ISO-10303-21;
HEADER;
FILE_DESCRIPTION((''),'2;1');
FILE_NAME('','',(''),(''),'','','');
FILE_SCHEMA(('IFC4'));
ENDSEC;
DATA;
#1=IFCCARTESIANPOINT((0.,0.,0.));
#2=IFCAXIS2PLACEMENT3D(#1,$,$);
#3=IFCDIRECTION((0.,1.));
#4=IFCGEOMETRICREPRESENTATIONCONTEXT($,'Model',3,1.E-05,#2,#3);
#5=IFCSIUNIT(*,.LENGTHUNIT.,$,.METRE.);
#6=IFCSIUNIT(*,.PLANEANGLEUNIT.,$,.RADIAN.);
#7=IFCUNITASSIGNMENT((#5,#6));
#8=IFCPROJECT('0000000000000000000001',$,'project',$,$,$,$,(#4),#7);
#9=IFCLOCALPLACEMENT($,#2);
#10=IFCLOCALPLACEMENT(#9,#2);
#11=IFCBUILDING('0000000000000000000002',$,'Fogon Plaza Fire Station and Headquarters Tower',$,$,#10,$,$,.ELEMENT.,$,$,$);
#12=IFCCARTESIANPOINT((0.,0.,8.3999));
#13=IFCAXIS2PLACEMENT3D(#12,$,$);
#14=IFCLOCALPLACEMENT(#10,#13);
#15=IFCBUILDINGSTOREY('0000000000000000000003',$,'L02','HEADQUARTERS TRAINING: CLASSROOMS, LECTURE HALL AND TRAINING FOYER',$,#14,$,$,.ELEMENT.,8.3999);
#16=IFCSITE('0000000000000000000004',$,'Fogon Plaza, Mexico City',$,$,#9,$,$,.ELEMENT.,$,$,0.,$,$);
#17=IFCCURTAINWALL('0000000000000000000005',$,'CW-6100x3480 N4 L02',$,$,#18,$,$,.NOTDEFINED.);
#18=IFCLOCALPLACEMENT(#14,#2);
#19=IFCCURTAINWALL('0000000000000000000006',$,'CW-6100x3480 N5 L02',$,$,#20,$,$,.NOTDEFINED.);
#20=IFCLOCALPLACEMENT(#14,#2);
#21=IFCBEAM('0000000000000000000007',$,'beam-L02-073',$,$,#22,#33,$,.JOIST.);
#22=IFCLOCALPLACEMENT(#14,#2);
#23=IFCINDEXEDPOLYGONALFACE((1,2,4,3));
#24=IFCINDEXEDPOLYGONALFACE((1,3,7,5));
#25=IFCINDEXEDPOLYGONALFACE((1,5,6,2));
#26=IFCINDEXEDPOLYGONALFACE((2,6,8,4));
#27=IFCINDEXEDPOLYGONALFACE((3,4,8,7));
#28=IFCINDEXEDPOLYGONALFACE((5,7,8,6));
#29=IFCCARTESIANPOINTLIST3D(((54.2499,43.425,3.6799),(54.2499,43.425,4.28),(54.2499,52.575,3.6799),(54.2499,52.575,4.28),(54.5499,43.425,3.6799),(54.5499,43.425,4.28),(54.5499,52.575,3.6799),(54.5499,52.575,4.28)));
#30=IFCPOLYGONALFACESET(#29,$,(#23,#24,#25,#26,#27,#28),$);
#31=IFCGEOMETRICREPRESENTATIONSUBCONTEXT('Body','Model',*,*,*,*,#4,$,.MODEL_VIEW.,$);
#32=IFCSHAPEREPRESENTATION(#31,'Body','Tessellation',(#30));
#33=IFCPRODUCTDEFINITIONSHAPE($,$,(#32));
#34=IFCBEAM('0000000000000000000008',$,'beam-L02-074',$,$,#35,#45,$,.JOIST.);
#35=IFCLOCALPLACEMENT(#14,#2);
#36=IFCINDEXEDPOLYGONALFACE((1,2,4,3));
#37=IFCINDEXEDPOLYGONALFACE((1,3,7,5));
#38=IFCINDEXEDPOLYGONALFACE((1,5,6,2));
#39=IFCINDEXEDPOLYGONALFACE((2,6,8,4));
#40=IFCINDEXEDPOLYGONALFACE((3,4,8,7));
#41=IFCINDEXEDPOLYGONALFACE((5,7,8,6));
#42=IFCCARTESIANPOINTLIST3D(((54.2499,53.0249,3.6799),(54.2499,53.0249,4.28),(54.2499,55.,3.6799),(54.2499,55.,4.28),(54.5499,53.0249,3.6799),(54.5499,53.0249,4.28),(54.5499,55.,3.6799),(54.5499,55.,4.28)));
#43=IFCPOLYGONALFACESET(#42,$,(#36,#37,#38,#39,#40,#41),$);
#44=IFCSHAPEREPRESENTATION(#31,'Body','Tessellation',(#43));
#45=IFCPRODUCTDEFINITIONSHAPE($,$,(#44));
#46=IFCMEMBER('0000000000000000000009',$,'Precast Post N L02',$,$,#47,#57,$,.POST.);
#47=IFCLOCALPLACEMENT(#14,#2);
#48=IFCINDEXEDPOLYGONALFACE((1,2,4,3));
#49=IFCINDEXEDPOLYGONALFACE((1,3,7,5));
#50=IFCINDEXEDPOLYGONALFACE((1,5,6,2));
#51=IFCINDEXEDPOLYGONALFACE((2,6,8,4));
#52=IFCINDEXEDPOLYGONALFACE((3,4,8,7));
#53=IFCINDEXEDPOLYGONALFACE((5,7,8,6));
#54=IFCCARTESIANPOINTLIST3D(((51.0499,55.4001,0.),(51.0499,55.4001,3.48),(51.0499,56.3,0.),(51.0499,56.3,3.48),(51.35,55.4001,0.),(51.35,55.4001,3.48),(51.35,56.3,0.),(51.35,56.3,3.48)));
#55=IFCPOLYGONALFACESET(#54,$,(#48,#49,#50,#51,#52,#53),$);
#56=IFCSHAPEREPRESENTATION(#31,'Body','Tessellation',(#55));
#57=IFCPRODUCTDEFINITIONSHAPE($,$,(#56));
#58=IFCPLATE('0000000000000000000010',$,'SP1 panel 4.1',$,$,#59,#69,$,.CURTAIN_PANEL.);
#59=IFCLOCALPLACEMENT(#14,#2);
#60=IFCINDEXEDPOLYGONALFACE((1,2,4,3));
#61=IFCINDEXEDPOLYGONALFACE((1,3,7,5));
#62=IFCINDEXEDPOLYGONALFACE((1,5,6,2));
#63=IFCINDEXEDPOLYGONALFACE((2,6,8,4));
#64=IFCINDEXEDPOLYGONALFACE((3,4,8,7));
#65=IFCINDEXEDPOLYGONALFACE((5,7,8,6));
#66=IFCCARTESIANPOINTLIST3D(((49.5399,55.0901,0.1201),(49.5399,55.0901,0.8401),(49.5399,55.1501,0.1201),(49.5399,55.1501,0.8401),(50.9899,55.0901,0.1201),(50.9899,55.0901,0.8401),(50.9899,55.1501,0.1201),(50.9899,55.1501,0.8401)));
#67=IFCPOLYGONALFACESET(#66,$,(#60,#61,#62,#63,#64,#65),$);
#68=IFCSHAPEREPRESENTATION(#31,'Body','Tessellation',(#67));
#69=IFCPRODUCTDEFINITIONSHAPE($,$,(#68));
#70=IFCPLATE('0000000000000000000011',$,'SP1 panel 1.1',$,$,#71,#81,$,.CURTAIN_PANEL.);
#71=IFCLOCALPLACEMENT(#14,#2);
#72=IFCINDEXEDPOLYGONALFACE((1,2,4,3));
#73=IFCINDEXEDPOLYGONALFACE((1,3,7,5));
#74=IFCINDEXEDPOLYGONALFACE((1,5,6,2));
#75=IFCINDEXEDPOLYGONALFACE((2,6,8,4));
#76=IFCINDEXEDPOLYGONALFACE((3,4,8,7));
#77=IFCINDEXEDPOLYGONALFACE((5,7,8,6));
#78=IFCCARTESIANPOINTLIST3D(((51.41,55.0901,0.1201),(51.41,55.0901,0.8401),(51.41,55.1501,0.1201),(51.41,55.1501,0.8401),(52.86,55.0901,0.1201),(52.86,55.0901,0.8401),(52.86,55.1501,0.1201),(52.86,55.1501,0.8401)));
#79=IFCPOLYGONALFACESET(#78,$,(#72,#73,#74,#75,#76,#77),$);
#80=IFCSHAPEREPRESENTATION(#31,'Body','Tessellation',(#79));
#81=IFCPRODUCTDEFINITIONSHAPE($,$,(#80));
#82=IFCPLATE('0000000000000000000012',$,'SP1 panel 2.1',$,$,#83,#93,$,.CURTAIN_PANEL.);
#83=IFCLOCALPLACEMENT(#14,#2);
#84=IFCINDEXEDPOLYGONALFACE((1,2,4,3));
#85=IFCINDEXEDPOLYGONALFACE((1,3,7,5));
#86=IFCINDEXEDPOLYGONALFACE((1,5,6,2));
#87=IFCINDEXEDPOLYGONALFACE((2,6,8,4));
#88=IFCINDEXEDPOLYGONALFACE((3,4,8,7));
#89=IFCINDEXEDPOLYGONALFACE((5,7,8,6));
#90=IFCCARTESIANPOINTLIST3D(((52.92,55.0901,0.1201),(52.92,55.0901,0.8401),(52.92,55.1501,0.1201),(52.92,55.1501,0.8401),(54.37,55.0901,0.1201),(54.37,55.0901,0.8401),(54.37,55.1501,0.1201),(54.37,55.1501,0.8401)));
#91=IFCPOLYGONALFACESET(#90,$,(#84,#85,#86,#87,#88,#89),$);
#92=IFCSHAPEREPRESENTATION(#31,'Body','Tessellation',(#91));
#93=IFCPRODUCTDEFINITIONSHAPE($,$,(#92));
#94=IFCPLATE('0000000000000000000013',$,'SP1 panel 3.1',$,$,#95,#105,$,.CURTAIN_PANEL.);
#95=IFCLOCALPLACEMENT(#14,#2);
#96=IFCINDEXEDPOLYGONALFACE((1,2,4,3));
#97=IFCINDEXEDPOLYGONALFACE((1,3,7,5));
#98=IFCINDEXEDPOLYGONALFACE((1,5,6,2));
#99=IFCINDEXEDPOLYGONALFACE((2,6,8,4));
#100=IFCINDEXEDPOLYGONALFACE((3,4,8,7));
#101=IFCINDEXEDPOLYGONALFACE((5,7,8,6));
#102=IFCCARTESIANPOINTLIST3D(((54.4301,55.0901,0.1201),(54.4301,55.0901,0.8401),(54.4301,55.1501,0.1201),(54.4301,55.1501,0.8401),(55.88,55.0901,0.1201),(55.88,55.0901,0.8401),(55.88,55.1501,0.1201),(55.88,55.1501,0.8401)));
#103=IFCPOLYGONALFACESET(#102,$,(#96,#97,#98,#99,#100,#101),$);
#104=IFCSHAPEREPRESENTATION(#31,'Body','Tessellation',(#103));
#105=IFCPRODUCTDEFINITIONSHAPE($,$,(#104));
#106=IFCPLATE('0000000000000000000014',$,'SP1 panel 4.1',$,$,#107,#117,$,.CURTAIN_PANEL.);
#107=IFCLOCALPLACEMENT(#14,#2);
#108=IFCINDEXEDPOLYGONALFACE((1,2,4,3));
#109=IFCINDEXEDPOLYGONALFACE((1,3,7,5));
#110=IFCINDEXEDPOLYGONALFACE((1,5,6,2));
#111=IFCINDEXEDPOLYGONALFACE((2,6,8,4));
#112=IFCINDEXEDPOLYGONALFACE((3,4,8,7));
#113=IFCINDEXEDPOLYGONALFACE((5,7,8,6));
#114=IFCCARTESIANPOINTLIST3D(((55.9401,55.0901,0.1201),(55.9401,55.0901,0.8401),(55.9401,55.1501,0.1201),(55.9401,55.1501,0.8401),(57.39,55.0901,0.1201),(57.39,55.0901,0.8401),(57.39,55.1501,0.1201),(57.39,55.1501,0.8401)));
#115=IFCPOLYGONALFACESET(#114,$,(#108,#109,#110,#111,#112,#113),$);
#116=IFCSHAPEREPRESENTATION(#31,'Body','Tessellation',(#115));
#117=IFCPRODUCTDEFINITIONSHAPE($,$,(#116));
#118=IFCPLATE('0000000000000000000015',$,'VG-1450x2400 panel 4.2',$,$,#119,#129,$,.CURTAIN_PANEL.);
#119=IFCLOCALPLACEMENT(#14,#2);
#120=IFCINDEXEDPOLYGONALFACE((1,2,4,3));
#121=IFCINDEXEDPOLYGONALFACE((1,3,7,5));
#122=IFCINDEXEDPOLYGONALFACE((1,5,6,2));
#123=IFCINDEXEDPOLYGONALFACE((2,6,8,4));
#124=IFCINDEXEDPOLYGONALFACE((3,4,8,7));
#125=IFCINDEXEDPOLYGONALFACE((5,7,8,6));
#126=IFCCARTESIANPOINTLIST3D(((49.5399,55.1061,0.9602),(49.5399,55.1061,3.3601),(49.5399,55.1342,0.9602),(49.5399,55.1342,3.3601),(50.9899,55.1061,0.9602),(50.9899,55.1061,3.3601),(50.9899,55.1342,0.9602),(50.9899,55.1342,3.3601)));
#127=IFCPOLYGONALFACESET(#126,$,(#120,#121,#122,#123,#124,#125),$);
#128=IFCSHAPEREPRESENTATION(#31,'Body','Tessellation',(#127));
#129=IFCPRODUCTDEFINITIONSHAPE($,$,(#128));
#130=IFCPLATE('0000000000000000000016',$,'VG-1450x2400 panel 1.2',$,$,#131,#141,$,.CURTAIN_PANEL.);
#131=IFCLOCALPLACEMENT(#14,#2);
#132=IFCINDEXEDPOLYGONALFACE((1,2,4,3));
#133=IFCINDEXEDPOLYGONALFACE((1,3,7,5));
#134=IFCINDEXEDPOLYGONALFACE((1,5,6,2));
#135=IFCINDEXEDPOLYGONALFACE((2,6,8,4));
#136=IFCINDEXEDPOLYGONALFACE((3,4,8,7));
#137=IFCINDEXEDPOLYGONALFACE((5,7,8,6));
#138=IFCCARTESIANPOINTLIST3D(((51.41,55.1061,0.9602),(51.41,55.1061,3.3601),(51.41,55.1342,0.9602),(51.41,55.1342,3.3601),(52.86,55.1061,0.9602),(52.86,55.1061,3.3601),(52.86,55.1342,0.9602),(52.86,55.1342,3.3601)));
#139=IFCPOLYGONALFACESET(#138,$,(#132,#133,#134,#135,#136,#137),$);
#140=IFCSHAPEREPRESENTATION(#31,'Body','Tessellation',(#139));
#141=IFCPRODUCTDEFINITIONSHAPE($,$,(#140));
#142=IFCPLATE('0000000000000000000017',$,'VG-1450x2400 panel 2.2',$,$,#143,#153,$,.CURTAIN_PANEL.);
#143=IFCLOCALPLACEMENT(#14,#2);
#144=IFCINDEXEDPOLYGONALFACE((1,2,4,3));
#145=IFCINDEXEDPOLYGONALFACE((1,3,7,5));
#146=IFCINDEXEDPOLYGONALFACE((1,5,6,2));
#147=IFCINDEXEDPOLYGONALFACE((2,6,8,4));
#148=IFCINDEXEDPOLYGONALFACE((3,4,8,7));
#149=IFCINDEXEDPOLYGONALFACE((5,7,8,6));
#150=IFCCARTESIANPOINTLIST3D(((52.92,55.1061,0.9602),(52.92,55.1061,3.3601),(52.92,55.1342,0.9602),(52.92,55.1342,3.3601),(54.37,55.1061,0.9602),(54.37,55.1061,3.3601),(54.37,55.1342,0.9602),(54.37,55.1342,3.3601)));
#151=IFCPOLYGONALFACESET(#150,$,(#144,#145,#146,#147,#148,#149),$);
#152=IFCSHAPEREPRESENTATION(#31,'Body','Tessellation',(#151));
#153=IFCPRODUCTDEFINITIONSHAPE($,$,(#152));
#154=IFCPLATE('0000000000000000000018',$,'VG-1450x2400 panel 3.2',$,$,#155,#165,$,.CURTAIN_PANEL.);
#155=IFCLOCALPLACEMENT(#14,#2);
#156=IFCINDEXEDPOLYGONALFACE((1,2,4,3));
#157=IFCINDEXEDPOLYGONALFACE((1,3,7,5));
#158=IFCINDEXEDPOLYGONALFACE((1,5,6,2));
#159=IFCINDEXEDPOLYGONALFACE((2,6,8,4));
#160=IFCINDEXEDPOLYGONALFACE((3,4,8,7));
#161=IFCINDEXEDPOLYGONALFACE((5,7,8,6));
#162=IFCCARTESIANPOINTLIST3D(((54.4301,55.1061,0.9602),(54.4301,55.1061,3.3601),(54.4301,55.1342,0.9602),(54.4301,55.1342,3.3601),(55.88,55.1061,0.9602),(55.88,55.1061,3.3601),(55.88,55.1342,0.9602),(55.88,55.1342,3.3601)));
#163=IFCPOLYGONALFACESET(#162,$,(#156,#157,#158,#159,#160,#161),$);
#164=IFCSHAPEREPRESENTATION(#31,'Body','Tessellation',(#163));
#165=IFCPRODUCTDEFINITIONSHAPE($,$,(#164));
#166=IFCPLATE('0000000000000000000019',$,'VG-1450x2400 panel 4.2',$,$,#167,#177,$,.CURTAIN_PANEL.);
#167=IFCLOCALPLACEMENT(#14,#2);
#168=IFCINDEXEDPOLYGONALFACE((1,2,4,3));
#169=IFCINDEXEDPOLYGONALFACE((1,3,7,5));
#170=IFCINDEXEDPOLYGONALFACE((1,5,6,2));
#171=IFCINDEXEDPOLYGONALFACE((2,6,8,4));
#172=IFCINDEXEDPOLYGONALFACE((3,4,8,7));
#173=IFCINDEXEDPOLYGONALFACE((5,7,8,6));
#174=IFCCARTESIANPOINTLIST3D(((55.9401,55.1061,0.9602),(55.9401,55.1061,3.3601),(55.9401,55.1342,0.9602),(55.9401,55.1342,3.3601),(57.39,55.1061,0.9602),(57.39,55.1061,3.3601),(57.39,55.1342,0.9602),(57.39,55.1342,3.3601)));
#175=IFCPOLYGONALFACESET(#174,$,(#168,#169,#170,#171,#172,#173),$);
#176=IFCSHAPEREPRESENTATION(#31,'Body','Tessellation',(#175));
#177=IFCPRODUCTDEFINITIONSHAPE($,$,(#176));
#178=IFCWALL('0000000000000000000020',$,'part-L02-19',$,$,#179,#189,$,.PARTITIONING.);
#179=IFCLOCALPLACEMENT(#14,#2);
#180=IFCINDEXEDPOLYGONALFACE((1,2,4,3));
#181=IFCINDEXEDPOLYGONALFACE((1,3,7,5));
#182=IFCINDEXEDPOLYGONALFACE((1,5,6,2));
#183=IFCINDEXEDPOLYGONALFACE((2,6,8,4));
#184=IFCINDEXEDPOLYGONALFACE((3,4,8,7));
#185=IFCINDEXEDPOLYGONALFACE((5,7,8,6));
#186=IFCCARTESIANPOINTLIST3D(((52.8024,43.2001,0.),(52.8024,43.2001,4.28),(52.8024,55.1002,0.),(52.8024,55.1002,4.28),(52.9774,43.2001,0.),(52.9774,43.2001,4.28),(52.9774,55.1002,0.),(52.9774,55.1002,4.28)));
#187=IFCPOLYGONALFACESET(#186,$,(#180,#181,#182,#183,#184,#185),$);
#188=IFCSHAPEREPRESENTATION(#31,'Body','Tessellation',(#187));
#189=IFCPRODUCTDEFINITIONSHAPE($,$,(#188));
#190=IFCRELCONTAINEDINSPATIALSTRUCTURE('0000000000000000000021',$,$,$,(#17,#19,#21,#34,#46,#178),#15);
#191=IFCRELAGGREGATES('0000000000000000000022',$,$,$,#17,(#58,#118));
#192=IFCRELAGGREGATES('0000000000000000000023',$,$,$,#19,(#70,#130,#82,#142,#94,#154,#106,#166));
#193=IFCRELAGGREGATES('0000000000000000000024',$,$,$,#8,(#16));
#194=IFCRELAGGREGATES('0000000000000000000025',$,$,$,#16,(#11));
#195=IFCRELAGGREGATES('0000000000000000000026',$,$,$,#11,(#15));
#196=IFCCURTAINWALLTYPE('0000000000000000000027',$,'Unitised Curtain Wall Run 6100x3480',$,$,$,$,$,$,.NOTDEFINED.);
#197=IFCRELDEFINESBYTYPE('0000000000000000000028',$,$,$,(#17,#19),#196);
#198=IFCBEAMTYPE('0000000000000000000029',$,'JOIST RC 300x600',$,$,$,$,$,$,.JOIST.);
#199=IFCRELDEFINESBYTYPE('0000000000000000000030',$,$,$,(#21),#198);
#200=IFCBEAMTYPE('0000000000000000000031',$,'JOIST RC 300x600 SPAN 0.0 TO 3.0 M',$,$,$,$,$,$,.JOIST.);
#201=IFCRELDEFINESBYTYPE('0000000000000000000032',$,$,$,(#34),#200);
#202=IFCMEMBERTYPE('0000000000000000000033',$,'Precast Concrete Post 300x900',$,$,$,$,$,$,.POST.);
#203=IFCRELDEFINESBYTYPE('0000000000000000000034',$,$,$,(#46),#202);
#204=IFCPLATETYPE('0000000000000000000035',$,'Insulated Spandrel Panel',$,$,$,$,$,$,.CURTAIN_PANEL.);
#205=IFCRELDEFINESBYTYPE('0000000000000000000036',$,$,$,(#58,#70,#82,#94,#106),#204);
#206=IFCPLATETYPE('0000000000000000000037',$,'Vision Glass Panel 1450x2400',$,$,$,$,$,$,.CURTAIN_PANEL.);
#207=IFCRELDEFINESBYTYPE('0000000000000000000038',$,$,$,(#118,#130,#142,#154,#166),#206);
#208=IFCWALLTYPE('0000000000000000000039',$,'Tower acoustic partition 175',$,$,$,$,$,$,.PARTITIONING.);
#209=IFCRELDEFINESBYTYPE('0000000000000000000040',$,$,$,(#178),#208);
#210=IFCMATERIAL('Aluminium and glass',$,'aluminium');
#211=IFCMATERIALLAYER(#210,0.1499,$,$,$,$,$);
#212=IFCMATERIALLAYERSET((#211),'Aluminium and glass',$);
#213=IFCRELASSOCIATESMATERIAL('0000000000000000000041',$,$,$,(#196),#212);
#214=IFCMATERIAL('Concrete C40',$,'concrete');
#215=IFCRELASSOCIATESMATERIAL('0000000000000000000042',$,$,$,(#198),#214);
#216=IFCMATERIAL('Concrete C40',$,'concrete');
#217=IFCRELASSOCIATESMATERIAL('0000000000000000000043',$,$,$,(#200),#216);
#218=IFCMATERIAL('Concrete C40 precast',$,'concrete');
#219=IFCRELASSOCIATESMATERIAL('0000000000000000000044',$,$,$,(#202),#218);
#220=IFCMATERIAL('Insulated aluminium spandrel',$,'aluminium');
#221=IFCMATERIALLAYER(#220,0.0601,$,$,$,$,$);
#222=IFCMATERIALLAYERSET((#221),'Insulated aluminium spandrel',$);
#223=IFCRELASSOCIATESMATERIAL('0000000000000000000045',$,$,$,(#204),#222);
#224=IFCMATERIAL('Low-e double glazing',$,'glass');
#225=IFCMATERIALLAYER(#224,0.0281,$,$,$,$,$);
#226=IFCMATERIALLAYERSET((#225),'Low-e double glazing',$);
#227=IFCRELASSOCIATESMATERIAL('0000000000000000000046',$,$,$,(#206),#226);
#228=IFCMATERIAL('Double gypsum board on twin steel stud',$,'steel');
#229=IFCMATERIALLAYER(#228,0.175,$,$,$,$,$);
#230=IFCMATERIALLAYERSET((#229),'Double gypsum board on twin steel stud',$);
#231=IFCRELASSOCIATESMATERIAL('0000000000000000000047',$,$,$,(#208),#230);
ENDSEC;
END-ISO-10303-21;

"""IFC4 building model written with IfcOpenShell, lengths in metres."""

from ifc_helpers import new_model, si_unit, direction, frame, frame_2d, origin, origin_2d, place, context, subcontext, project, spatial, rectangle, extrude, material, layer, layer_set, material_profile, profile_set, type_object, element, aggregate, save


model = new_model("IFC4")

# Units and contexts
model_context = context("Model", 3, precision=1e-05, world=origin(), true_north=direction((0.0, 1.0)))
body_context = subcontext(model_context, "Body", "Model", "MODEL_VIEW")
ifc_project = project(units=[si_unit("LENGTHUNIT", "METRE"), si_unit("PLANEANGLEUNIT", "RADIAN")], contexts=[model_context])

# Site, building, storey
site_placement = place(None, origin())
site = spatial("IfcSite", under=ifc_project, at=site_placement, Name="Fogon Plaza, Mexico City", CompositionType="ELEMENT", RefElevation=0.0)
building_placement = place(site_placement, origin())
building = spatial("IfcBuilding", under=site, at=building_placement, Name="Fogon Plaza Fire Station and Headquarters Tower", CompositionType="ELEMENT")
storey_placement = place(building_placement, frame((0.0, 0.0, 8.3999)))
storey = spatial("IfcBuildingStorey", under=building, at=storey_placement, Name="L02", Description="HEADQUARTERS TRAINING: CLASSROOMS, LECTURE HALL AND TRAINING FOYER", CompositionType="ELEMENT", Elevation=8.3999)

# Curtain wall
ifc_material_1 = material(Name="Aluminium and glass", Category="aluminium")
ifc_layer_1 = layer(ifc_material_1, 0.1499)
ifc_layer_set_1 = layer_set([ifc_layer_1], Name="Aluminium and glass")
curtain_wall_type = type_object("IfcCurtainWallType", Name="Unitised Curtain Wall Run 6100x3480", PredefinedType="NOTDEFINED", material=ifc_layer_set_1)
curtain_wall_1_placement = place(storey_placement, origin())
curtain_wall_1 = element("IfcCurtainWall", 1, at=curtain_wall_1_placement, inside=storey, type_object=curtain_wall_type, Name="CW-6100x3480 N4 L02", PredefinedType="NOTDEFINED")

# Curtain wall
curtain_wall_2_placement = place(storey_placement, origin())
curtain_wall_2 = element("IfcCurtainWall", 2, at=curtain_wall_2_placement, inside=storey, type_object=curtain_wall_type, Name="CW-6100x3480 N5 L02", PredefinedType="NOTDEFINED")

# Beams
ifc_material_2 = material(Name="Concrete C40", Category="concrete")
ifc_material_profile_1 = material_profile(ifc_material_2, rectangle(XDim=0.3, YDim=0.6001, at=origin_2d()), Name="RC 300x600")
ifc_profile_set_1 = profile_set([ifc_material_profile_1], Name="Concrete C40")
beam_type_1 = type_object("IfcBeamType", Name="JOIST RC 300x600", PredefinedType="JOIST", material=ifc_profile_set_1)
beam_1_placement = place(storey_placement, frame((54.3999, 43.425, 3.98), z_axis=(0.0, 1.0, 0.0), x_axis=(-1.0, 0.0, 0.0)))
element("IfcBeam", 3, at=beam_1_placement, inside=storey, type_object=beam_type_1, Name="beam-L02-073", PredefinedType="JOIST", context=body_context, shape_type="SweptSolid", body=[
    extrude(rectangle(XDim=0.3, YDim=0.6001, at=origin_2d()), origin(), (0.0, 0.0, 1.0), 9.1499),
])
ifc_material_3 = material(Name="Concrete C40", Category="concrete")
ifc_material_profile_2 = material_profile(ifc_material_3, rectangle(XDim=0.3, YDim=0.6001, at=origin_2d()), Name="RC 300x600")
ifc_profile_set_2 = profile_set([ifc_material_profile_2], Name="Concrete C40")
beam_type_2 = type_object("IfcBeamType", Name="JOIST RC 300x600 SPAN 0.0 TO 3.0 M", PredefinedType="JOIST", material=ifc_profile_set_2)
beam_2_placement = place(storey_placement, frame((54.3999, 53.0249, 3.98), z_axis=(0.0, 1.0, 0.0), x_axis=(-1.0, 0.0, 0.0)))
element("IfcBeam", 4, at=beam_2_placement, inside=storey, type_object=beam_type_2, Name="beam-L02-074", PredefinedType="JOIST", context=body_context, shape_type="SweptSolid", body=[
    extrude(rectangle(XDim=0.3, YDim=0.6001, at=origin_2d()), origin(), (0.0, 0.0, 1.0), 1.9751),
])

# Member
ifc_material_4 = material(Name="Concrete C40 precast", Category="concrete")
ifc_material_profile_3 = material_profile(ifc_material_4, rectangle(XDim=0.3, YDim=0.8999, at=origin_2d()), Name="Precast Concrete Post 300x900")
ifc_profile_set_3 = profile_set([ifc_material_profile_3], Name="Concrete C40 precast")
member_type_1 = type_object("IfcMemberType", Name="Precast Concrete Post 300x900", PredefinedType="POST", material=ifc_profile_set_3)
member_1_placement = place(storey_placement, frame((51.2, 55.8501, 0.0), z_axis=(0.0, 0.0, 1.0), x_axis=(1.0, 0.0, 0.0)))
element("IfcMember", 5, at=member_1_placement, inside=storey, type_object=member_type_1, Name="Precast Post N L02", PredefinedType="POST", context=body_context, shape_type="SweptSolid", body=[
    extrude(rectangle(XDim=0.3, YDim=0.8999, at=origin_2d()), origin(), (0.0, 0.0, 1.0), 3.48),
])

# Plates
ifc_material_5 = material(Name="Insulated aluminium spandrel", Category="aluminium")
ifc_layer_2 = layer(ifc_material_5, 0.0601)
ifc_layer_set_2 = layer_set([ifc_layer_2], Name="Insulated aluminium spandrel")
plate_type_1 = type_object("IfcPlateType", Name="Insulated Spandrel Panel", PredefinedType="CURTAIN_PANEL", material=ifc_layer_set_2)
plate_1_placement = place(storey_placement, frame((50.2649, 55.1201, 0.1201), z_axis=(0.0, 0.0, 1.0), x_axis=(1.0, 0.0, 0.0)))
plate_1 = element("IfcPlate", 6, at=plate_1_placement, type_object=plate_type_1, Name="SP1 panel 4.1", PredefinedType="CURTAIN_PANEL", context=body_context, shape_type="SweptSolid", body=[
    extrude(rectangle(XDim=1.45, YDim=0.0601, at=origin_2d()), origin(), (0.0, 0.0, 1.0), 0.72),
])
plate_2_placement = place(storey_placement, frame((52.135, 55.1201, 0.1201), z_axis=(0.0, 0.0, 1.0), x_axis=(1.0, 0.0, 0.0)))
plate_2 = element("IfcPlate", 7, at=plate_2_placement, type_object=plate_type_1, Name="SP1 panel 1.1", PredefinedType="CURTAIN_PANEL", context=body_context, shape_type="SweptSolid", body=[
    extrude(rectangle(XDim=1.45, YDim=0.0601, at=origin_2d()), origin(), (0.0, 0.0, 1.0), 0.72),
])
plate_3_placement = place(storey_placement, frame((53.645, 55.1201, 0.1201), z_axis=(0.0, 0.0, 1.0), x_axis=(1.0, 0.0, 0.0)))
plate_3 = element("IfcPlate", 8, at=plate_3_placement, type_object=plate_type_1, Name="SP1 panel 2.1", PredefinedType="CURTAIN_PANEL", context=body_context, shape_type="SweptSolid", body=[
    extrude(rectangle(XDim=1.45, YDim=0.0601, at=origin_2d()), origin(), (0.0, 0.0, 1.0), 0.72),
])
plate_4_placement = place(storey_placement, frame((55.155, 55.1201, 0.1201), z_axis=(0.0, 0.0, 1.0), x_axis=(1.0, 0.0, 0.0)))
plate_4 = element("IfcPlate", 9, at=plate_4_placement, type_object=plate_type_1, Name="SP1 panel 3.1", PredefinedType="CURTAIN_PANEL", context=body_context, shape_type="SweptSolid", body=[
    extrude(rectangle(XDim=1.45, YDim=0.0601, at=origin_2d()), origin(), (0.0, 0.0, 1.0), 0.72),
])
plate_5_placement = place(storey_placement, frame((56.665, 55.1201, 0.1201), z_axis=(0.0, 0.0, 1.0), x_axis=(1.0, 0.0, 0.0)))
plate_5 = element("IfcPlate", 10, at=plate_5_placement, type_object=plate_type_1, Name="SP1 panel 4.1", PredefinedType="CURTAIN_PANEL", context=body_context, shape_type="SweptSolid", body=[
    extrude(rectangle(XDim=1.45, YDim=0.0601, at=origin_2d()), origin(), (0.0, 0.0, 1.0), 0.72),
])
ifc_material_6 = material(Name="Low-e double glazing", Category="glass")
ifc_layer_3 = layer(ifc_material_6, 0.0281)
ifc_layer_set_3 = layer_set([ifc_layer_3], Name="Low-e double glazing")
plate_type_2 = type_object("IfcPlateType", Name="Vision Glass Panel 1450x2400", PredefinedType="CURTAIN_PANEL", material=ifc_layer_set_3)
plate_6_placement = place(storey_placement, frame((50.2649, 55.1201, 0.9602), z_axis=(0.0, 0.0, 1.0), x_axis=(1.0, 0.0, 0.0)))
plate_6 = element("IfcPlate", 11, at=plate_6_placement, type_object=plate_type_2, Name="VG-1450x2400 panel 4.2", PredefinedType="CURTAIN_PANEL", context=body_context, shape_type="SweptSolid", body=[
    extrude(rectangle(XDim=1.45, YDim=0.0281, at=origin_2d()), origin(), (0.0, 0.0, 1.0), 2.3999),
])
aggregate(curtain_wall_1, [plate_1, plate_6])
plate_7_placement = place(storey_placement, frame((52.135, 55.1201, 0.9602), z_axis=(0.0, 0.0, 1.0), x_axis=(1.0, 0.0, 0.0)))
plate_7 = element("IfcPlate", 12, at=plate_7_placement, type_object=plate_type_2, Name="VG-1450x2400 panel 1.2", PredefinedType="CURTAIN_PANEL", context=body_context, shape_type="SweptSolid", body=[
    extrude(rectangle(XDim=1.45, YDim=0.0281, at=origin_2d()), origin(), (0.0, 0.0, 1.0), 2.3999),
])
plate_8_placement = place(storey_placement, frame((53.645, 55.1201, 0.9602), z_axis=(0.0, 0.0, 1.0), x_axis=(1.0, 0.0, 0.0)))
plate_8 = element("IfcPlate", 13, at=plate_8_placement, type_object=plate_type_2, Name="VG-1450x2400 panel 2.2", PredefinedType="CURTAIN_PANEL", context=body_context, shape_type="SweptSolid", body=[
    extrude(rectangle(XDim=1.45, YDim=0.0281, at=origin_2d()), origin(), (0.0, 0.0, 1.0), 2.3999),
])
plate_9_placement = place(storey_placement, frame((55.155, 55.1201, 0.9602), z_axis=(0.0, 0.0, 1.0), x_axis=(1.0, 0.0, 0.0)))
plate_9 = element("IfcPlate", 14, at=plate_9_placement, type_object=plate_type_2, Name="VG-1450x2400 panel 3.2", PredefinedType="CURTAIN_PANEL", context=body_context, shape_type="SweptSolid", body=[
    extrude(rectangle(XDim=1.45, YDim=0.0281, at=origin_2d()), origin(), (0.0, 0.0, 1.0), 2.3999),
])
plate_10_placement = place(storey_placement, frame((56.665, 55.1201, 0.9602), z_axis=(0.0, 0.0, 1.0), x_axis=(1.0, 0.0, 0.0)))
plate_10 = element("IfcPlate", 15, at=plate_10_placement, type_object=plate_type_2, Name="VG-1450x2400 panel 4.2", PredefinedType="CURTAIN_PANEL", context=body_context, shape_type="SweptSolid", body=[
    extrude(rectangle(XDim=1.45, YDim=0.0281, at=origin_2d()), origin(), (0.0, 0.0, 1.0), 2.3999),
])
aggregate(curtain_wall_2, [plate_2, plate_7, plate_3, plate_8, plate_4, plate_9, plate_5, plate_10])

# Wall
ifc_material_7 = material(Name="Double gypsum board on twin steel stud", Category="steel")
ifc_layer_4 = layer(ifc_material_7, 0.175)
ifc_layer_set_4 = layer_set([ifc_layer_4], Name="Double gypsum board on twin steel stud")
wall_type = type_object("IfcWallType", Name="Tower acoustic partition 175", PredefinedType="PARTITIONING", material=ifc_layer_set_4)
wall_placement = place(storey_placement, frame((52.8899, 43.2, 0.0), z_axis=(0.0, 0.0, 1.0), x_axis=(0.0, 1.0, 0.0)))
element("IfcWall", 16, at=wall_placement, inside=storey, type_object=wall_type, Name="part-L02-19", PredefinedType="PARTITIONING", context=body_context, shape_type="SweptSolid", body=[
    extrude(rectangle(XDim=11.9001, YDim=0.175, at=frame_2d((5.9502, 0.0))), origin(), (0.0, 0.0, 1.0), 4.28),
])

save(model, "model.ifc")
